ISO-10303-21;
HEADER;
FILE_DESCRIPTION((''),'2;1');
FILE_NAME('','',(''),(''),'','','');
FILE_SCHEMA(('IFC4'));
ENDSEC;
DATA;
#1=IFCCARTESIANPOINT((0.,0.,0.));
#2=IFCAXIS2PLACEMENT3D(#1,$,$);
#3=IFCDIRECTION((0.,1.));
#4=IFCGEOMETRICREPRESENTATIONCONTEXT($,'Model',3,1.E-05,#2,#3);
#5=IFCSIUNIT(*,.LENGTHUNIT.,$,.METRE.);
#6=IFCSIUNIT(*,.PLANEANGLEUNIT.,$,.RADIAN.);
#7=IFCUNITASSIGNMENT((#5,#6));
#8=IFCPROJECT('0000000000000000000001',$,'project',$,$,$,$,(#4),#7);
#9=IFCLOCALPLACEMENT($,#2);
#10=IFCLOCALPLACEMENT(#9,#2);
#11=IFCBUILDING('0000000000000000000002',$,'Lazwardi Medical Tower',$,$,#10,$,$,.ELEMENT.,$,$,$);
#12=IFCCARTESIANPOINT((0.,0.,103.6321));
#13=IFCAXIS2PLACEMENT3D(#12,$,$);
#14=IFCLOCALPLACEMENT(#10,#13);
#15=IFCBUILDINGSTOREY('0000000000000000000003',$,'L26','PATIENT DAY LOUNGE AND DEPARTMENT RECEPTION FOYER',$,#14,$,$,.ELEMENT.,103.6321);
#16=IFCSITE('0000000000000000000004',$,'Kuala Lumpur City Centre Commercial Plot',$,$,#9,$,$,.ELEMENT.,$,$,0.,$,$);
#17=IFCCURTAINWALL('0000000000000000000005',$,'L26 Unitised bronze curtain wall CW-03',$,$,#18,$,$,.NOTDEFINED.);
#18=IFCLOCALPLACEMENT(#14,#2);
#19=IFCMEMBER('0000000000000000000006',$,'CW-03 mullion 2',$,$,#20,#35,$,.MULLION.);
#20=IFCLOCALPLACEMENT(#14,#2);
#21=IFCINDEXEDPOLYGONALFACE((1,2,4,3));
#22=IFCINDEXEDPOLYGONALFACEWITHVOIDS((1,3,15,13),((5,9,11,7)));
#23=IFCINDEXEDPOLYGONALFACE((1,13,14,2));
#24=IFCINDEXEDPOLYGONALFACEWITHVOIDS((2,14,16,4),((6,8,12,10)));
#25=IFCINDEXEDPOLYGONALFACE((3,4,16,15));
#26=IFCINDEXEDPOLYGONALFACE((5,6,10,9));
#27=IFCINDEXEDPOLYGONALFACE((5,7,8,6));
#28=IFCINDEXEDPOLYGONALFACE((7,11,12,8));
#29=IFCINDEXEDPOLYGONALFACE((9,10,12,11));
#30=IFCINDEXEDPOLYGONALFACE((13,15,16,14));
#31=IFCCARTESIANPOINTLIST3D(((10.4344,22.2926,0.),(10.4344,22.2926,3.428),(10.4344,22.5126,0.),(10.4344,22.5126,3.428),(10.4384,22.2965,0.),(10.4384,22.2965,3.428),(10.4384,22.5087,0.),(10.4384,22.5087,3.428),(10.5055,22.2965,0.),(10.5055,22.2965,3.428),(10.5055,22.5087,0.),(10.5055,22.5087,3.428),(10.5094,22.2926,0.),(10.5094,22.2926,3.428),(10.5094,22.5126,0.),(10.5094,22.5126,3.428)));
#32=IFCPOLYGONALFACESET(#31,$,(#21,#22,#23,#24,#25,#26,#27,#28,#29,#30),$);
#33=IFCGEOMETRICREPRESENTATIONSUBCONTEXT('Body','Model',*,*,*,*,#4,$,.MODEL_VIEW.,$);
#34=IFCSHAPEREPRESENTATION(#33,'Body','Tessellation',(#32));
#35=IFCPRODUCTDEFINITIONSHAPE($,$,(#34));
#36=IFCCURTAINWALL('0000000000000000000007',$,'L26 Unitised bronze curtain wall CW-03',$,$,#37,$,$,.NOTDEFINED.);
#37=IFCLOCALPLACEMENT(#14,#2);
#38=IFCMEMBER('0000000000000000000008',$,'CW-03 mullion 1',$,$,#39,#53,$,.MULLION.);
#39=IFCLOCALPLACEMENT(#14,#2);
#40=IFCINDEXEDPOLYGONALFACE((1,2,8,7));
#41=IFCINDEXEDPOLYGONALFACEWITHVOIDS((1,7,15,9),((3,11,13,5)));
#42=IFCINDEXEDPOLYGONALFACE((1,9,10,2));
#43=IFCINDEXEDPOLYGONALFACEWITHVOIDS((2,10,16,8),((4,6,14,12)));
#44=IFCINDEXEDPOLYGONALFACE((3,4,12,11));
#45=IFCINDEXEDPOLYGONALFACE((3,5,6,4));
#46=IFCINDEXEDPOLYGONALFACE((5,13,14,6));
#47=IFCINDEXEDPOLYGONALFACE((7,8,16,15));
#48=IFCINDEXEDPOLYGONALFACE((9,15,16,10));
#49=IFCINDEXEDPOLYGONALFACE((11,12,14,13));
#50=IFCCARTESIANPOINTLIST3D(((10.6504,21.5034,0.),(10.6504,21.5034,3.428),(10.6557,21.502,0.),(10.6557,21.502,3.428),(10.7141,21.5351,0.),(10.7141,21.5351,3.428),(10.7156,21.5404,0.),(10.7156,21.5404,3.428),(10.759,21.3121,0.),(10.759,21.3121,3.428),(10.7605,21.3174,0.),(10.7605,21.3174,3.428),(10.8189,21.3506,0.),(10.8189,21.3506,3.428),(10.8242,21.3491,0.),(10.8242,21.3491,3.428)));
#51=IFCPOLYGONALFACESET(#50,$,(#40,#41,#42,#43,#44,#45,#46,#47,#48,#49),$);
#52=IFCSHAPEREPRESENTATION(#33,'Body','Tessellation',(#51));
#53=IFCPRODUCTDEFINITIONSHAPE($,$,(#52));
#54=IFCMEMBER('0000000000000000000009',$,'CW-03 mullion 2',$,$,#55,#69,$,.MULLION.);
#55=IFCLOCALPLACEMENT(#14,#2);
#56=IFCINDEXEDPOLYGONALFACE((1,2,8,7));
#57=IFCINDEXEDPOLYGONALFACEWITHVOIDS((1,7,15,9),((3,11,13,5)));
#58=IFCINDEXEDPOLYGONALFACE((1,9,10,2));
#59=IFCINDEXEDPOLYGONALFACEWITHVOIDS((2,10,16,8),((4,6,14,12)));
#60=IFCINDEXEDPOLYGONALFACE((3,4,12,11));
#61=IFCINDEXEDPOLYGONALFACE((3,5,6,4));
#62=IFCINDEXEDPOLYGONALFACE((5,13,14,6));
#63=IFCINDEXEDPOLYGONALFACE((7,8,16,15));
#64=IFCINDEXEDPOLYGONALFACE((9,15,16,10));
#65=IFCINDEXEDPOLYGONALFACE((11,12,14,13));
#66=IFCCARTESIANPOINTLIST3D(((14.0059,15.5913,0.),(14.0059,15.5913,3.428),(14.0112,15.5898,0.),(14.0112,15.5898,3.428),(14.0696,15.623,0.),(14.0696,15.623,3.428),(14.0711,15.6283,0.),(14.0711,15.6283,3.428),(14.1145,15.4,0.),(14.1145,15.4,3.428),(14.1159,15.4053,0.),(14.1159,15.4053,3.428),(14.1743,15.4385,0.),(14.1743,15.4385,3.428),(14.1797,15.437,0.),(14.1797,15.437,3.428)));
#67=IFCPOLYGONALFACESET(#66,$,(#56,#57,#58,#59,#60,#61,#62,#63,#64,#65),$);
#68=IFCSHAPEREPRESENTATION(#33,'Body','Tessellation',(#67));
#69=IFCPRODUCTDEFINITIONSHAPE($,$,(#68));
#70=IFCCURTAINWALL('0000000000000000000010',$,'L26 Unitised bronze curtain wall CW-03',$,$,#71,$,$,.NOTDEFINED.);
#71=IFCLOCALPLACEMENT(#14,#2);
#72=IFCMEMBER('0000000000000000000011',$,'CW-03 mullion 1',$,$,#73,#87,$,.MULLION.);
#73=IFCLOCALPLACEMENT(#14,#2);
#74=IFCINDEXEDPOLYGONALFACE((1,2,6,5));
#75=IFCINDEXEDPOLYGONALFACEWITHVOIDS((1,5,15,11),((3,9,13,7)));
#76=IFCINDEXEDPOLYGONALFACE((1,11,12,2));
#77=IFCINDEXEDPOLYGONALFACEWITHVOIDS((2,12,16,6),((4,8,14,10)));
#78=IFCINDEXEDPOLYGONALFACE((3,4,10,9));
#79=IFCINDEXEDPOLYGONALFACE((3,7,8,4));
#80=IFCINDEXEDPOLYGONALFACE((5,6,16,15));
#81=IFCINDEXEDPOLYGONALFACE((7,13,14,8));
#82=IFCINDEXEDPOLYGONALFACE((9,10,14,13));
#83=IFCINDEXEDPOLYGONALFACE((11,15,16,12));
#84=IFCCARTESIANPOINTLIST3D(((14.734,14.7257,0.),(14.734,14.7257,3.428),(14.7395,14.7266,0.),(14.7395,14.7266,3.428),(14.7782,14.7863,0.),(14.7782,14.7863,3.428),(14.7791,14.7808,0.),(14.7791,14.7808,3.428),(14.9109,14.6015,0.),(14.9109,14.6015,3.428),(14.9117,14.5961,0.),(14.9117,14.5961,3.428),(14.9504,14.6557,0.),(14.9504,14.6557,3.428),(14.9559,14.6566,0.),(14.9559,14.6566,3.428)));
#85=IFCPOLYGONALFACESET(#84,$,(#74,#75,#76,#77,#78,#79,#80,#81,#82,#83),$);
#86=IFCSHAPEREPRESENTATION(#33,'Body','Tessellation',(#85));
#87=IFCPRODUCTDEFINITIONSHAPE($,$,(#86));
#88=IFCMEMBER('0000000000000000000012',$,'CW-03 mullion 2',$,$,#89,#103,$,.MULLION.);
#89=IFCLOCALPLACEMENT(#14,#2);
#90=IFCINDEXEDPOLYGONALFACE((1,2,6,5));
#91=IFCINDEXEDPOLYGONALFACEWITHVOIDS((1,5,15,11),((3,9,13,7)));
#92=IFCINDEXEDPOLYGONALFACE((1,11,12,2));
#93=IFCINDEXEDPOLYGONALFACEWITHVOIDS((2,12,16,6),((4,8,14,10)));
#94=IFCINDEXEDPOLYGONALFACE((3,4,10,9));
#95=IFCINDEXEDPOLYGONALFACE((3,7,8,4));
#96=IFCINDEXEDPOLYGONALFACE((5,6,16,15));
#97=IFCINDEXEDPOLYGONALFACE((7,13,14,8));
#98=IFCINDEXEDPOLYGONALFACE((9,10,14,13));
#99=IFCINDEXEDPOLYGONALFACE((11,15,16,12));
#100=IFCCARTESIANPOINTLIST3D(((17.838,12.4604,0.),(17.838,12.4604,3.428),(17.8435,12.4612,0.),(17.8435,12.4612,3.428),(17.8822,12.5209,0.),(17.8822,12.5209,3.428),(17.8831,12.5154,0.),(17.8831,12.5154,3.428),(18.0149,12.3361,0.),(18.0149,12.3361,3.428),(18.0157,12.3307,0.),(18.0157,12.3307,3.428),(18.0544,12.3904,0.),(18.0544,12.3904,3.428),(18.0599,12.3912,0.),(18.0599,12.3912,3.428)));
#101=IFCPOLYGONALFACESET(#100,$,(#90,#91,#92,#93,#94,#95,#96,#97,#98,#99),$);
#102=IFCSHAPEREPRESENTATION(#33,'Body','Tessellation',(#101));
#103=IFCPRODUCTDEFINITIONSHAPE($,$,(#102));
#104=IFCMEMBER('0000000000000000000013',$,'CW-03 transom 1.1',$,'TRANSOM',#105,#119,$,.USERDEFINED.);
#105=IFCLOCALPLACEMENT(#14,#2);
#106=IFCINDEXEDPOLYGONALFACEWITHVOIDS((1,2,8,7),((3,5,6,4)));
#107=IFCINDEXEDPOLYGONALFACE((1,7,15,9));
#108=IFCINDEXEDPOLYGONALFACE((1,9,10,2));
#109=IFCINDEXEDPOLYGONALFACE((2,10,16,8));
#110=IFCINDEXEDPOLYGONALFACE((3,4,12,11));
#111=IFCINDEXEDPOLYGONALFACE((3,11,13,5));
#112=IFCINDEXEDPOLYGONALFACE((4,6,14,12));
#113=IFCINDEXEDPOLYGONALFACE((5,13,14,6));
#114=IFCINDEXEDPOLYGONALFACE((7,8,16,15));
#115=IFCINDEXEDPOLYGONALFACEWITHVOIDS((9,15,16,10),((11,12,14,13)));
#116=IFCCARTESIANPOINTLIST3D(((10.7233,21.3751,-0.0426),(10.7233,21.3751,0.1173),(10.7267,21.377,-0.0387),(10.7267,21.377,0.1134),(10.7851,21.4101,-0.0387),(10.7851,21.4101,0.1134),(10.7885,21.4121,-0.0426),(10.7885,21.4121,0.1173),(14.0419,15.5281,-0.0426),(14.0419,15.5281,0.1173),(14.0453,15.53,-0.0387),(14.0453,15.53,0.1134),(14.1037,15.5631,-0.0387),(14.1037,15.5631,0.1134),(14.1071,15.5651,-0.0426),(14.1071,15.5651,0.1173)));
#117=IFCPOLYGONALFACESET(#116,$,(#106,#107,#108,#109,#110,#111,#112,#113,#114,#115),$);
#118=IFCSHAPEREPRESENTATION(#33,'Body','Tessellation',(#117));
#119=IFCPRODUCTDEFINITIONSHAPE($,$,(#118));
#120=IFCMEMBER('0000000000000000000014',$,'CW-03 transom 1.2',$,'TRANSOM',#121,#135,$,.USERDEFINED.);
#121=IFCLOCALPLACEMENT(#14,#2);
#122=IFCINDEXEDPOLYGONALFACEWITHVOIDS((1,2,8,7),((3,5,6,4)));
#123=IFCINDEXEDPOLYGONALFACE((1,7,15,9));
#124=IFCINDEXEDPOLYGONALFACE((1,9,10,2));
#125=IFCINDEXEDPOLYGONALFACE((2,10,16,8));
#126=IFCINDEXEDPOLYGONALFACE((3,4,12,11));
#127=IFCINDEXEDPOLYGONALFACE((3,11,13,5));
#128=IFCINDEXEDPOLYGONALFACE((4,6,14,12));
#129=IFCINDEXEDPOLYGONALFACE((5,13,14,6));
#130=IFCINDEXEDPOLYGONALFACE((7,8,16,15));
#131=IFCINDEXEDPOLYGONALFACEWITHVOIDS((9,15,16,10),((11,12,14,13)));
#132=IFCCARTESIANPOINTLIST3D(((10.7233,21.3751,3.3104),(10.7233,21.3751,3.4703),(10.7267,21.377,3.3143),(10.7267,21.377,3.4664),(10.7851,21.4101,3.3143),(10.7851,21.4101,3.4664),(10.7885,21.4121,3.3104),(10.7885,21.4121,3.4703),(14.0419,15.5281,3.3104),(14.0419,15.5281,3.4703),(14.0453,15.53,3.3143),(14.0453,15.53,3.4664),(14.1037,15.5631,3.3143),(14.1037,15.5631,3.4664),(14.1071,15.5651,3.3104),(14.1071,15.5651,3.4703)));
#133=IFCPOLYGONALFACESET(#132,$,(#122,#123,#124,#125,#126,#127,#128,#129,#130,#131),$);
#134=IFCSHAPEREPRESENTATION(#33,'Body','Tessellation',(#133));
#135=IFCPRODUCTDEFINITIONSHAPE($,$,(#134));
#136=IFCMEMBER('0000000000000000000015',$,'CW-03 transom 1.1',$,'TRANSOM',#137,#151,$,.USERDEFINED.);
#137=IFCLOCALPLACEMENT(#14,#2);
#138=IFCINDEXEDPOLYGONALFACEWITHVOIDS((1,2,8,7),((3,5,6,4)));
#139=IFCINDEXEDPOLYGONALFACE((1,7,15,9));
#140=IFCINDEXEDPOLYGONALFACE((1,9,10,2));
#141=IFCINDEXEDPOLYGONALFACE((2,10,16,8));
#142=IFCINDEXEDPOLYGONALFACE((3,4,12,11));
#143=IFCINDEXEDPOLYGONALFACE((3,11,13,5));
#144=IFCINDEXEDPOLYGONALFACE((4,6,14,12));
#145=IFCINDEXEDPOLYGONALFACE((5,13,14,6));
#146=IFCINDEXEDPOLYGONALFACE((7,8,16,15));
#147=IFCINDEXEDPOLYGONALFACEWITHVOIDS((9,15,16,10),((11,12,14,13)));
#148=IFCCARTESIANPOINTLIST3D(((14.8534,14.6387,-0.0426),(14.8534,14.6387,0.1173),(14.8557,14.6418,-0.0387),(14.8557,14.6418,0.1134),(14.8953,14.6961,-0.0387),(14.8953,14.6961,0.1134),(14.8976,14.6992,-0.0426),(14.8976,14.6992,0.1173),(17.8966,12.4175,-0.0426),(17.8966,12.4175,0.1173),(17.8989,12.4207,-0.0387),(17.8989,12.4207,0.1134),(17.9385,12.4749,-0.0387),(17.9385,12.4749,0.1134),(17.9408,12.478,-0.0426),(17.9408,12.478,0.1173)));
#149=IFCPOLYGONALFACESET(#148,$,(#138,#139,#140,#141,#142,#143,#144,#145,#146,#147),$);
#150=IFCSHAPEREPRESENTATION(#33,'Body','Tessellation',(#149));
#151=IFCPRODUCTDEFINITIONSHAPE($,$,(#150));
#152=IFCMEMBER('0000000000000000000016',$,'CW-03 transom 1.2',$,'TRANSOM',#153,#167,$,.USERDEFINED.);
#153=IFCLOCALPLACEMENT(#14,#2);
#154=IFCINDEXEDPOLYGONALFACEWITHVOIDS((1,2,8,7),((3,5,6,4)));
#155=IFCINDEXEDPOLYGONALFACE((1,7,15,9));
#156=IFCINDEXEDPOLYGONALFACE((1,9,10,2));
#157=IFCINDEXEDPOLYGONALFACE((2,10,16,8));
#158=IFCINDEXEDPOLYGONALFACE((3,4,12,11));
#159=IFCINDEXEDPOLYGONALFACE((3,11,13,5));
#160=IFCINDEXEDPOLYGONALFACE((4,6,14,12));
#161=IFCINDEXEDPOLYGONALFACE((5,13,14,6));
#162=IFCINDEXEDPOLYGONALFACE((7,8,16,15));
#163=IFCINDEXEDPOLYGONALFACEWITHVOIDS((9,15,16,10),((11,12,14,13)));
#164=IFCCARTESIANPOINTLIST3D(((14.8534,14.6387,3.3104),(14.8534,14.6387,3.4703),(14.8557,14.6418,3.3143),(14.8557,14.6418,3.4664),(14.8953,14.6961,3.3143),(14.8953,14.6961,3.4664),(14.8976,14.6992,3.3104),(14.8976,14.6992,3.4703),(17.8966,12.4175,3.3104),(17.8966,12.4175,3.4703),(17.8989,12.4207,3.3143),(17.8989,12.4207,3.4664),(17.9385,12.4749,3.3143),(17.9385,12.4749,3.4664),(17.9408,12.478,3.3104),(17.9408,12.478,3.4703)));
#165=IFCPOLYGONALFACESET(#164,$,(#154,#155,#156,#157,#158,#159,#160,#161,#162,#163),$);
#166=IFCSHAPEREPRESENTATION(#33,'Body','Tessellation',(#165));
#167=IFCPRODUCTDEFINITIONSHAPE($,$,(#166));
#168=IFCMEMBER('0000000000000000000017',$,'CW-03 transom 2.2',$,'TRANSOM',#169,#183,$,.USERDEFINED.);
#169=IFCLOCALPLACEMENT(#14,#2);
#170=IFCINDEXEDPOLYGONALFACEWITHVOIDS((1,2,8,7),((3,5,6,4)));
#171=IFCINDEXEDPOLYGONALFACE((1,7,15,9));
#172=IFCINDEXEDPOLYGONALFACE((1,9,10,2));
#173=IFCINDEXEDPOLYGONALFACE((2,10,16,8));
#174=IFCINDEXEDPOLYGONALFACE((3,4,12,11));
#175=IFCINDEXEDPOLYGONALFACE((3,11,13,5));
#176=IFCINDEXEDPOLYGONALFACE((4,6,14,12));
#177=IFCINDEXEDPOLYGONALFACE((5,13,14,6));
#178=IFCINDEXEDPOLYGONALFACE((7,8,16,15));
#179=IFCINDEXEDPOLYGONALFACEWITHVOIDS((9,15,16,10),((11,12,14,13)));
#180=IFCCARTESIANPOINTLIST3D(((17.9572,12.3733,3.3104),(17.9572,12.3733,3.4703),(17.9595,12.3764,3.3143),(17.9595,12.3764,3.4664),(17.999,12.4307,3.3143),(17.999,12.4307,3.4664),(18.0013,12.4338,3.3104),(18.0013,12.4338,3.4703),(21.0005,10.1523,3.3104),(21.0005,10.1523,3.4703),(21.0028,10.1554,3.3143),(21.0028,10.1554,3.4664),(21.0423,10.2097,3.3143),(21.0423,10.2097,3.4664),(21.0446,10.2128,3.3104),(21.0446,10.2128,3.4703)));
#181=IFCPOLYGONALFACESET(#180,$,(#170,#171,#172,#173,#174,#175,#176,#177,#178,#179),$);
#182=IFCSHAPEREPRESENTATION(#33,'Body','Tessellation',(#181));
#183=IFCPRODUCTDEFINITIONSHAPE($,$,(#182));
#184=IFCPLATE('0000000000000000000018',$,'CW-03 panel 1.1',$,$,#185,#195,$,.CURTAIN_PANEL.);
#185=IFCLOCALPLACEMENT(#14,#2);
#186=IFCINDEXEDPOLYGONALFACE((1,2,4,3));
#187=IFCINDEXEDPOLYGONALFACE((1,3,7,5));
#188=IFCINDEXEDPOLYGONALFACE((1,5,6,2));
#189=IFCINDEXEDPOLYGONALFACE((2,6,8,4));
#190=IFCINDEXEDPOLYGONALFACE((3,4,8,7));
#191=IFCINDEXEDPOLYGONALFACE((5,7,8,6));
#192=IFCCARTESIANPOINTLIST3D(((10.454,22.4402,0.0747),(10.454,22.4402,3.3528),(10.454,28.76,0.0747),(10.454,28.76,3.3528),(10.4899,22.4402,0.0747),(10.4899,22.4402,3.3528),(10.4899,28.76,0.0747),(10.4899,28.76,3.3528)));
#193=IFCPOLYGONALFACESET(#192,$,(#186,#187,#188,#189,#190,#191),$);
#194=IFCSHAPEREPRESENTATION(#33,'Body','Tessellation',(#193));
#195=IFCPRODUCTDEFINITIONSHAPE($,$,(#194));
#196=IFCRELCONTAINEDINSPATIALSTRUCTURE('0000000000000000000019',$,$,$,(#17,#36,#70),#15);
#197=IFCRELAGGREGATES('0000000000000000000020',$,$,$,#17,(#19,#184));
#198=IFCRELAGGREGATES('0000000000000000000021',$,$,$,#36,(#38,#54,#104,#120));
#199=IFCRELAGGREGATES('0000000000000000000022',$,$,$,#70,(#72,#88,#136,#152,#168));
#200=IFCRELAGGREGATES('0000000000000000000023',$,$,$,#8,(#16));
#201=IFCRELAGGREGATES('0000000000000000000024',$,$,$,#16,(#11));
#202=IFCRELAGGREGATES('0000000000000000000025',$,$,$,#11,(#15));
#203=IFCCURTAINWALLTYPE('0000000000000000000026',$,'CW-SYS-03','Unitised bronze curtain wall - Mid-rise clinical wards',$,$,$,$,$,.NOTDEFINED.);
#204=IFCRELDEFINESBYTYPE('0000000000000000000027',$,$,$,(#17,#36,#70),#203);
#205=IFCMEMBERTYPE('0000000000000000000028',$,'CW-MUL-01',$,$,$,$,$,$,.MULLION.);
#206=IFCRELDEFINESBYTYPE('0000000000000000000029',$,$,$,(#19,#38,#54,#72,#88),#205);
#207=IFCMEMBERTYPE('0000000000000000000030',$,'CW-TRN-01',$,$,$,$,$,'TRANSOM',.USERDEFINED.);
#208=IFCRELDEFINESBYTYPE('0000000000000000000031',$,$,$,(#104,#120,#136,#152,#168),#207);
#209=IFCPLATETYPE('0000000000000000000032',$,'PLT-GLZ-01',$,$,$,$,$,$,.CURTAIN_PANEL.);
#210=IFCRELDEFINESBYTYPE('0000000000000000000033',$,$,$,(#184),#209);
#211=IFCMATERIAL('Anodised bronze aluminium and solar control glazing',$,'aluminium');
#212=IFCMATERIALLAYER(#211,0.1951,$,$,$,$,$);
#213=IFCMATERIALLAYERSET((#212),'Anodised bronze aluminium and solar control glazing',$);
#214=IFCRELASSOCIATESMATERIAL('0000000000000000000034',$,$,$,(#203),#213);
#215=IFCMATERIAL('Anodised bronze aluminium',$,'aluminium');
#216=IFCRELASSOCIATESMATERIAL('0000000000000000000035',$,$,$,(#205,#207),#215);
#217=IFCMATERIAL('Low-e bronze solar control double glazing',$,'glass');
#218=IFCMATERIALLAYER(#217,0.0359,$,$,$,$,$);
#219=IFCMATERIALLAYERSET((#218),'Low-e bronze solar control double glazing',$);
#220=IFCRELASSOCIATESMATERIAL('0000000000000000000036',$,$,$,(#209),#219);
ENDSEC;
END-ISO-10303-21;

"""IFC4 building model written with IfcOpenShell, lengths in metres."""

from ifc_helpers import new_model, si_unit, direction, frame, origin, origin_2d, place, context, subcontext, project, spatial, rectangle, hollow_rectangle, extrude, material, layer, layer_set, material_profile, profile_set, type_object, element, aggregate, save


model = new_model("IFC4")

# Units and contexts
model_context = context("Model", 3, precision=1e-05, world=origin(), true_north=direction((0.0, 1.0)))
body_context = subcontext(model_context, "Body", "Model", "MODEL_VIEW")
ifc_project = project(units=[si_unit("LENGTHUNIT", "METRE"), si_unit("PLANEANGLEUNIT", "RADIAN")], contexts=[model_context])

# Site, building, storey
site_placement = place(None, origin())
site = spatial("IfcSite", under=ifc_project, at=site_placement, Name="Kuala Lumpur City Centre Commercial Plot", CompositionType="ELEMENT", RefElevation=0.0)
building_placement = place(site_placement, origin())
building = spatial("IfcBuilding", under=site, at=building_placement, Name="Lazwardi Medical Tower", CompositionType="ELEMENT")
storey_placement = place(building_placement, frame((0.0, 0.0, 103.6321)))
storey = spatial("IfcBuildingStorey", under=building, at=storey_placement, Name="L26", Description="PATIENT DAY LOUNGE AND DEPARTMENT RECEPTION FOYER", CompositionType="ELEMENT", Elevation=103.6321)

# Curtain wall, member
ifc_material_1 = material(Name="Anodised bronze aluminium and solar control glazing", Category="aluminium")
ifc_layer_1 = layer(ifc_material_1, 0.1951)
ifc_layer_set_1 = layer_set([ifc_layer_1], Name="Anodised bronze aluminium and solar control glazing")
curtain_wall_type = type_object("IfcCurtainWallType", Name="CW-SYS-03", Description="Unitised bronze curtain wall - Mid-rise clinical wards", PredefinedType="NOTDEFINED", material=ifc_layer_set_1)
curtain_wall_1_placement = place(storey_placement, origin())
curtain_wall_1 = element("IfcCurtainWall", 1, at=curtain_wall_1_placement, inside=storey, type_object=curtain_wall_type, Name="L26 Unitised bronze curtain wall CW-03", PredefinedType="NOTDEFINED")
ifc_material_2 = material(Name="Anodised bronze aluminium", Category="aluminium")
ifc_material_profile_1 = material_profile(ifc_material_2, hollow_rectangle(XDim=0.075, YDim=0.22, WallThickness=0.0039, at=origin_2d()), Name="ALU-MULLION 220x75x4")
ifc_profile_set_1 = profile_set([ifc_material_profile_1], Name="Anodised bronze aluminium")
member_type_1 = type_object("IfcMemberType", Name="CW-MUL-01", PredefinedType="MULLION", material=ifc_profile_set_1)
member_1_placement = place(storey_placement, frame((10.4719, 22.4026, 0.0), z_axis=(0.0, 0.0, 1.0), x_axis=(1.0, 0.0, 0.0)))
member_1 = element("IfcMember", 2, at=member_1_placement, type_object=member_type_1, Name="CW-03 mullion 2", PredefinedType="MULLION", context=body_context, shape_type="SweptSolid", body=[
    extrude(hollow_rectangle(XDim=0.075, YDim=0.22, WallThickness=0.0039, at=origin_2d()), origin(), (0.0, 0.0, 1.0), 3.428),
])

# Curtain walls, members
curtain_wall_2_placement = place(storey_placement, origin())
curtain_wall_2 = element("IfcCurtainWall", 3, at=curtain_wall_2_placement, inside=storey, type_object=curtain_wall_type, Name="L26 Unitised bronze curtain wall CW-03", PredefinedType="NOTDEFINED")
member_2_placement = place(storey_placement, frame((10.7373, 21.4263, 0.0), z_axis=(0.0, 0.0, 1.0), x_axis=(0.869687, 0.493603, 0.0)))
member_2 = element("IfcMember", 4, at=member_2_placement, type_object=member_type_1, Name="CW-03 mullion 1", PredefinedType="MULLION", context=body_context, shape_type="SweptSolid", body=[
    extrude(hollow_rectangle(XDim=0.075, YDim=0.22, WallThickness=0.0039, at=origin_2d()), origin(), (0.0, 0.0, 1.0), 3.428),
])
member_3_placement = place(storey_placement, frame((14.0928, 15.5142, 0.0), z_axis=(0.0, 0.0, 1.0), x_axis=(0.869687, 0.493603, 0.0)))
member_3 = element("IfcMember", 5, at=member_3_placement, type_object=member_type_1, Name="CW-03 mullion 2", PredefinedType="MULLION", context=body_context, shape_type="SweptSolid", body=[
    extrude(hollow_rectangle(XDim=0.075, YDim=0.22, WallThickness=0.0039, at=origin_2d()), origin(), (0.0, 0.0, 1.0), 3.428),
])
curtain_wall_3_placement = place(storey_placement, origin())
curtain_wall_3 = element("IfcCurtainWall", 6, at=curtain_wall_3_placement, inside=storey, type_object=curtain_wall_type, Name="L26 Unitised bronze curtain wall CW-03", PredefinedType="NOTDEFINED")
member_4_placement = place(storey_placement, frame((14.845, 14.6912, 0.0), z_axis=(0.0, 0.0, 1.0), x_axis=(0.589531, 0.807746, 0.0)))
member_4 = element("IfcMember", 7, at=member_4_placement, type_object=member_type_1, Name="CW-03 mullion 1", PredefinedType="MULLION", context=body_context, shape_type="SweptSolid", body=[
    extrude(hollow_rectangle(XDim=0.075, YDim=0.22, WallThickness=0.0039, at=origin_2d()), origin(), (0.0, 0.0, 1.0), 3.428),
])
member_5_placement = place(storey_placement, frame((17.949, 12.4258, 0.0), z_axis=(0.0, 0.0, 1.0), x_axis=(0.589531, 0.807746, 0.0)))
member_5 = element("IfcMember", 8, at=member_5_placement, type_object=member_type_1, Name="CW-03 mullion 2", PredefinedType="MULLION", context=body_context, shape_type="SweptSolid", body=[
    extrude(hollow_rectangle(XDim=0.075, YDim=0.22, WallThickness=0.0039, at=origin_2d()), origin(), (0.0, 0.0, 1.0), 3.428),
])

# Members
ifc_material_profile_2 = material_profile(ifc_material_2, hollow_rectangle(XDim=0.075, YDim=0.1599, WallThickness=0.0039, at=origin_2d()), Name="ALU-TRANSOM 160x75x4")
ifc_profile_set_2 = profile_set([ifc_material_profile_2], Name="Anodised bronze aluminium")
member_type_2 = type_object("IfcMemberType", Name="CW-TRN-01", ElementType="TRANSOM", PredefinedType="USERDEFINED", material=ifc_profile_set_2)
member_6_placement = place(storey_placement, frame((10.7559, 21.3936, 0.0374), z_axis=(0.493614, -0.869681, 0.0), x_axis=(0.869681, 0.493614, 0.0)))
member_6 = element("IfcMember", 9, at=member_6_placement, type_object=member_type_2, Name="CW-03 transom 1.1", ObjectType="TRANSOM", PredefinedType="USERDEFINED", context=body_context, shape_type="SweptSolid", body=[
    extrude(hollow_rectangle(XDim=0.075, YDim=0.1599, WallThickness=0.0039, at=origin_2d()), origin(), (0.0, 0.0, 1.0), 6.7231),
])
member_7_placement = place(storey_placement, frame((10.7559, 21.3936, 3.3904), z_axis=(0.493614, -0.869681, 0.0), x_axis=(0.869681, 0.493614, 0.0)))
member_7 = element("IfcMember", 10, at=member_7_placement, type_object=member_type_2, Name="CW-03 transom 1.2", ObjectType="TRANSOM", PredefinedType="USERDEFINED", context=body_context, shape_type="SweptSolid", body=[
    extrude(hollow_rectangle(XDim=0.075, YDim=0.1599, WallThickness=0.0039, at=origin_2d()), origin(), (0.0, 0.0, 1.0), 6.7231),
])
member_8_placement = place(storey_placement, frame((14.8755, 14.6689, 0.0374), z_axis=(0.807732, -0.58955, 0.0), x_axis=(0.58955, 0.807732, 0.0)))
member_8 = element("IfcMember", 11, at=member_8_placement, type_object=member_type_2, Name="CW-03 transom 1.1", ObjectType="TRANSOM", PredefinedType="USERDEFINED", context=body_context, shape_type="SweptSolid", body=[
    extrude(hollow_rectangle(XDim=0.075, YDim=0.1599, WallThickness=0.0039, at=origin_2d()), origin(), (0.0, 0.0, 1.0), 3.7676),
])
member_9_placement = place(storey_placement, frame((14.8755, 14.6689, 3.3904), z_axis=(0.807732, -0.58955, 0.0), x_axis=(0.58955, 0.807732, 0.0)))
member_9 = element("IfcMember", 12, at=member_9_placement, type_object=member_type_2, Name="CW-03 transom 1.2", ObjectType="TRANSOM", PredefinedType="USERDEFINED", context=body_context, shape_type="SweptSolid", body=[
    extrude(hollow_rectangle(XDim=0.075, YDim=0.1599, WallThickness=0.0039, at=origin_2d()), origin(), (0.0, 0.0, 1.0), 3.7676),
])
member_10_placement = place(storey_placement, frame((17.9792, 12.4036, 3.3904), z_axis=(0.807763, -0.589508, 0.0), x_axis=(0.589508, 0.807763, 0.0)))
member_10 = element("IfcMember", 13, at=member_10_placement, type_object=member_type_2, Name="CW-03 transom 2.2", ObjectType="TRANSOM", PredefinedType="USERDEFINED", context=body_context, shape_type="SweptSolid", body=[
    extrude(hollow_rectangle(XDim=0.075, YDim=0.1599, WallThickness=0.0039, at=origin_2d()), origin(), (0.0, 0.0, 1.0), 3.7676),
])

# Plate
ifc_material_3 = material(Name="Low-e bronze solar control double glazing", Category="glass")
ifc_layer_2 = layer(ifc_material_3, 0.0359)
ifc_layer_set_2 = layer_set([ifc_layer_2], Name="Low-e bronze solar control double glazing")
plate_type = type_object("IfcPlateType", Name="PLT-GLZ-01", PredefinedType="CURTAIN_PANEL", material=ifc_layer_set_2)
plate_1_placement = place(storey_placement, frame((10.4719, 25.6001, 0.0747), z_axis=(0.0, 0.0, 1.0), x_axis=(0.0, -1.0, 0.0)))
plate_1 = element("IfcPlate", 14, at=plate_1_placement, type_object=plate_type, Name="CW-03 panel 1.1", PredefinedType="CURTAIN_PANEL", context=body_context, shape_type="SweptSolid", body=[
    extrude(rectangle(XDim=6.3198, YDim=0.0359, at=origin_2d()), origin(), (0.0, 0.0, 1.0), 3.2781),
])
aggregate(curtain_wall_1, [member_1, plate_1])
aggregate(curtain_wall_2, [member_2, member_3, member_6, member_7])
aggregate(curtain_wall_3, [member_4, member_5, member_8, member_9, member_10])

save(model, "model.ifc")
